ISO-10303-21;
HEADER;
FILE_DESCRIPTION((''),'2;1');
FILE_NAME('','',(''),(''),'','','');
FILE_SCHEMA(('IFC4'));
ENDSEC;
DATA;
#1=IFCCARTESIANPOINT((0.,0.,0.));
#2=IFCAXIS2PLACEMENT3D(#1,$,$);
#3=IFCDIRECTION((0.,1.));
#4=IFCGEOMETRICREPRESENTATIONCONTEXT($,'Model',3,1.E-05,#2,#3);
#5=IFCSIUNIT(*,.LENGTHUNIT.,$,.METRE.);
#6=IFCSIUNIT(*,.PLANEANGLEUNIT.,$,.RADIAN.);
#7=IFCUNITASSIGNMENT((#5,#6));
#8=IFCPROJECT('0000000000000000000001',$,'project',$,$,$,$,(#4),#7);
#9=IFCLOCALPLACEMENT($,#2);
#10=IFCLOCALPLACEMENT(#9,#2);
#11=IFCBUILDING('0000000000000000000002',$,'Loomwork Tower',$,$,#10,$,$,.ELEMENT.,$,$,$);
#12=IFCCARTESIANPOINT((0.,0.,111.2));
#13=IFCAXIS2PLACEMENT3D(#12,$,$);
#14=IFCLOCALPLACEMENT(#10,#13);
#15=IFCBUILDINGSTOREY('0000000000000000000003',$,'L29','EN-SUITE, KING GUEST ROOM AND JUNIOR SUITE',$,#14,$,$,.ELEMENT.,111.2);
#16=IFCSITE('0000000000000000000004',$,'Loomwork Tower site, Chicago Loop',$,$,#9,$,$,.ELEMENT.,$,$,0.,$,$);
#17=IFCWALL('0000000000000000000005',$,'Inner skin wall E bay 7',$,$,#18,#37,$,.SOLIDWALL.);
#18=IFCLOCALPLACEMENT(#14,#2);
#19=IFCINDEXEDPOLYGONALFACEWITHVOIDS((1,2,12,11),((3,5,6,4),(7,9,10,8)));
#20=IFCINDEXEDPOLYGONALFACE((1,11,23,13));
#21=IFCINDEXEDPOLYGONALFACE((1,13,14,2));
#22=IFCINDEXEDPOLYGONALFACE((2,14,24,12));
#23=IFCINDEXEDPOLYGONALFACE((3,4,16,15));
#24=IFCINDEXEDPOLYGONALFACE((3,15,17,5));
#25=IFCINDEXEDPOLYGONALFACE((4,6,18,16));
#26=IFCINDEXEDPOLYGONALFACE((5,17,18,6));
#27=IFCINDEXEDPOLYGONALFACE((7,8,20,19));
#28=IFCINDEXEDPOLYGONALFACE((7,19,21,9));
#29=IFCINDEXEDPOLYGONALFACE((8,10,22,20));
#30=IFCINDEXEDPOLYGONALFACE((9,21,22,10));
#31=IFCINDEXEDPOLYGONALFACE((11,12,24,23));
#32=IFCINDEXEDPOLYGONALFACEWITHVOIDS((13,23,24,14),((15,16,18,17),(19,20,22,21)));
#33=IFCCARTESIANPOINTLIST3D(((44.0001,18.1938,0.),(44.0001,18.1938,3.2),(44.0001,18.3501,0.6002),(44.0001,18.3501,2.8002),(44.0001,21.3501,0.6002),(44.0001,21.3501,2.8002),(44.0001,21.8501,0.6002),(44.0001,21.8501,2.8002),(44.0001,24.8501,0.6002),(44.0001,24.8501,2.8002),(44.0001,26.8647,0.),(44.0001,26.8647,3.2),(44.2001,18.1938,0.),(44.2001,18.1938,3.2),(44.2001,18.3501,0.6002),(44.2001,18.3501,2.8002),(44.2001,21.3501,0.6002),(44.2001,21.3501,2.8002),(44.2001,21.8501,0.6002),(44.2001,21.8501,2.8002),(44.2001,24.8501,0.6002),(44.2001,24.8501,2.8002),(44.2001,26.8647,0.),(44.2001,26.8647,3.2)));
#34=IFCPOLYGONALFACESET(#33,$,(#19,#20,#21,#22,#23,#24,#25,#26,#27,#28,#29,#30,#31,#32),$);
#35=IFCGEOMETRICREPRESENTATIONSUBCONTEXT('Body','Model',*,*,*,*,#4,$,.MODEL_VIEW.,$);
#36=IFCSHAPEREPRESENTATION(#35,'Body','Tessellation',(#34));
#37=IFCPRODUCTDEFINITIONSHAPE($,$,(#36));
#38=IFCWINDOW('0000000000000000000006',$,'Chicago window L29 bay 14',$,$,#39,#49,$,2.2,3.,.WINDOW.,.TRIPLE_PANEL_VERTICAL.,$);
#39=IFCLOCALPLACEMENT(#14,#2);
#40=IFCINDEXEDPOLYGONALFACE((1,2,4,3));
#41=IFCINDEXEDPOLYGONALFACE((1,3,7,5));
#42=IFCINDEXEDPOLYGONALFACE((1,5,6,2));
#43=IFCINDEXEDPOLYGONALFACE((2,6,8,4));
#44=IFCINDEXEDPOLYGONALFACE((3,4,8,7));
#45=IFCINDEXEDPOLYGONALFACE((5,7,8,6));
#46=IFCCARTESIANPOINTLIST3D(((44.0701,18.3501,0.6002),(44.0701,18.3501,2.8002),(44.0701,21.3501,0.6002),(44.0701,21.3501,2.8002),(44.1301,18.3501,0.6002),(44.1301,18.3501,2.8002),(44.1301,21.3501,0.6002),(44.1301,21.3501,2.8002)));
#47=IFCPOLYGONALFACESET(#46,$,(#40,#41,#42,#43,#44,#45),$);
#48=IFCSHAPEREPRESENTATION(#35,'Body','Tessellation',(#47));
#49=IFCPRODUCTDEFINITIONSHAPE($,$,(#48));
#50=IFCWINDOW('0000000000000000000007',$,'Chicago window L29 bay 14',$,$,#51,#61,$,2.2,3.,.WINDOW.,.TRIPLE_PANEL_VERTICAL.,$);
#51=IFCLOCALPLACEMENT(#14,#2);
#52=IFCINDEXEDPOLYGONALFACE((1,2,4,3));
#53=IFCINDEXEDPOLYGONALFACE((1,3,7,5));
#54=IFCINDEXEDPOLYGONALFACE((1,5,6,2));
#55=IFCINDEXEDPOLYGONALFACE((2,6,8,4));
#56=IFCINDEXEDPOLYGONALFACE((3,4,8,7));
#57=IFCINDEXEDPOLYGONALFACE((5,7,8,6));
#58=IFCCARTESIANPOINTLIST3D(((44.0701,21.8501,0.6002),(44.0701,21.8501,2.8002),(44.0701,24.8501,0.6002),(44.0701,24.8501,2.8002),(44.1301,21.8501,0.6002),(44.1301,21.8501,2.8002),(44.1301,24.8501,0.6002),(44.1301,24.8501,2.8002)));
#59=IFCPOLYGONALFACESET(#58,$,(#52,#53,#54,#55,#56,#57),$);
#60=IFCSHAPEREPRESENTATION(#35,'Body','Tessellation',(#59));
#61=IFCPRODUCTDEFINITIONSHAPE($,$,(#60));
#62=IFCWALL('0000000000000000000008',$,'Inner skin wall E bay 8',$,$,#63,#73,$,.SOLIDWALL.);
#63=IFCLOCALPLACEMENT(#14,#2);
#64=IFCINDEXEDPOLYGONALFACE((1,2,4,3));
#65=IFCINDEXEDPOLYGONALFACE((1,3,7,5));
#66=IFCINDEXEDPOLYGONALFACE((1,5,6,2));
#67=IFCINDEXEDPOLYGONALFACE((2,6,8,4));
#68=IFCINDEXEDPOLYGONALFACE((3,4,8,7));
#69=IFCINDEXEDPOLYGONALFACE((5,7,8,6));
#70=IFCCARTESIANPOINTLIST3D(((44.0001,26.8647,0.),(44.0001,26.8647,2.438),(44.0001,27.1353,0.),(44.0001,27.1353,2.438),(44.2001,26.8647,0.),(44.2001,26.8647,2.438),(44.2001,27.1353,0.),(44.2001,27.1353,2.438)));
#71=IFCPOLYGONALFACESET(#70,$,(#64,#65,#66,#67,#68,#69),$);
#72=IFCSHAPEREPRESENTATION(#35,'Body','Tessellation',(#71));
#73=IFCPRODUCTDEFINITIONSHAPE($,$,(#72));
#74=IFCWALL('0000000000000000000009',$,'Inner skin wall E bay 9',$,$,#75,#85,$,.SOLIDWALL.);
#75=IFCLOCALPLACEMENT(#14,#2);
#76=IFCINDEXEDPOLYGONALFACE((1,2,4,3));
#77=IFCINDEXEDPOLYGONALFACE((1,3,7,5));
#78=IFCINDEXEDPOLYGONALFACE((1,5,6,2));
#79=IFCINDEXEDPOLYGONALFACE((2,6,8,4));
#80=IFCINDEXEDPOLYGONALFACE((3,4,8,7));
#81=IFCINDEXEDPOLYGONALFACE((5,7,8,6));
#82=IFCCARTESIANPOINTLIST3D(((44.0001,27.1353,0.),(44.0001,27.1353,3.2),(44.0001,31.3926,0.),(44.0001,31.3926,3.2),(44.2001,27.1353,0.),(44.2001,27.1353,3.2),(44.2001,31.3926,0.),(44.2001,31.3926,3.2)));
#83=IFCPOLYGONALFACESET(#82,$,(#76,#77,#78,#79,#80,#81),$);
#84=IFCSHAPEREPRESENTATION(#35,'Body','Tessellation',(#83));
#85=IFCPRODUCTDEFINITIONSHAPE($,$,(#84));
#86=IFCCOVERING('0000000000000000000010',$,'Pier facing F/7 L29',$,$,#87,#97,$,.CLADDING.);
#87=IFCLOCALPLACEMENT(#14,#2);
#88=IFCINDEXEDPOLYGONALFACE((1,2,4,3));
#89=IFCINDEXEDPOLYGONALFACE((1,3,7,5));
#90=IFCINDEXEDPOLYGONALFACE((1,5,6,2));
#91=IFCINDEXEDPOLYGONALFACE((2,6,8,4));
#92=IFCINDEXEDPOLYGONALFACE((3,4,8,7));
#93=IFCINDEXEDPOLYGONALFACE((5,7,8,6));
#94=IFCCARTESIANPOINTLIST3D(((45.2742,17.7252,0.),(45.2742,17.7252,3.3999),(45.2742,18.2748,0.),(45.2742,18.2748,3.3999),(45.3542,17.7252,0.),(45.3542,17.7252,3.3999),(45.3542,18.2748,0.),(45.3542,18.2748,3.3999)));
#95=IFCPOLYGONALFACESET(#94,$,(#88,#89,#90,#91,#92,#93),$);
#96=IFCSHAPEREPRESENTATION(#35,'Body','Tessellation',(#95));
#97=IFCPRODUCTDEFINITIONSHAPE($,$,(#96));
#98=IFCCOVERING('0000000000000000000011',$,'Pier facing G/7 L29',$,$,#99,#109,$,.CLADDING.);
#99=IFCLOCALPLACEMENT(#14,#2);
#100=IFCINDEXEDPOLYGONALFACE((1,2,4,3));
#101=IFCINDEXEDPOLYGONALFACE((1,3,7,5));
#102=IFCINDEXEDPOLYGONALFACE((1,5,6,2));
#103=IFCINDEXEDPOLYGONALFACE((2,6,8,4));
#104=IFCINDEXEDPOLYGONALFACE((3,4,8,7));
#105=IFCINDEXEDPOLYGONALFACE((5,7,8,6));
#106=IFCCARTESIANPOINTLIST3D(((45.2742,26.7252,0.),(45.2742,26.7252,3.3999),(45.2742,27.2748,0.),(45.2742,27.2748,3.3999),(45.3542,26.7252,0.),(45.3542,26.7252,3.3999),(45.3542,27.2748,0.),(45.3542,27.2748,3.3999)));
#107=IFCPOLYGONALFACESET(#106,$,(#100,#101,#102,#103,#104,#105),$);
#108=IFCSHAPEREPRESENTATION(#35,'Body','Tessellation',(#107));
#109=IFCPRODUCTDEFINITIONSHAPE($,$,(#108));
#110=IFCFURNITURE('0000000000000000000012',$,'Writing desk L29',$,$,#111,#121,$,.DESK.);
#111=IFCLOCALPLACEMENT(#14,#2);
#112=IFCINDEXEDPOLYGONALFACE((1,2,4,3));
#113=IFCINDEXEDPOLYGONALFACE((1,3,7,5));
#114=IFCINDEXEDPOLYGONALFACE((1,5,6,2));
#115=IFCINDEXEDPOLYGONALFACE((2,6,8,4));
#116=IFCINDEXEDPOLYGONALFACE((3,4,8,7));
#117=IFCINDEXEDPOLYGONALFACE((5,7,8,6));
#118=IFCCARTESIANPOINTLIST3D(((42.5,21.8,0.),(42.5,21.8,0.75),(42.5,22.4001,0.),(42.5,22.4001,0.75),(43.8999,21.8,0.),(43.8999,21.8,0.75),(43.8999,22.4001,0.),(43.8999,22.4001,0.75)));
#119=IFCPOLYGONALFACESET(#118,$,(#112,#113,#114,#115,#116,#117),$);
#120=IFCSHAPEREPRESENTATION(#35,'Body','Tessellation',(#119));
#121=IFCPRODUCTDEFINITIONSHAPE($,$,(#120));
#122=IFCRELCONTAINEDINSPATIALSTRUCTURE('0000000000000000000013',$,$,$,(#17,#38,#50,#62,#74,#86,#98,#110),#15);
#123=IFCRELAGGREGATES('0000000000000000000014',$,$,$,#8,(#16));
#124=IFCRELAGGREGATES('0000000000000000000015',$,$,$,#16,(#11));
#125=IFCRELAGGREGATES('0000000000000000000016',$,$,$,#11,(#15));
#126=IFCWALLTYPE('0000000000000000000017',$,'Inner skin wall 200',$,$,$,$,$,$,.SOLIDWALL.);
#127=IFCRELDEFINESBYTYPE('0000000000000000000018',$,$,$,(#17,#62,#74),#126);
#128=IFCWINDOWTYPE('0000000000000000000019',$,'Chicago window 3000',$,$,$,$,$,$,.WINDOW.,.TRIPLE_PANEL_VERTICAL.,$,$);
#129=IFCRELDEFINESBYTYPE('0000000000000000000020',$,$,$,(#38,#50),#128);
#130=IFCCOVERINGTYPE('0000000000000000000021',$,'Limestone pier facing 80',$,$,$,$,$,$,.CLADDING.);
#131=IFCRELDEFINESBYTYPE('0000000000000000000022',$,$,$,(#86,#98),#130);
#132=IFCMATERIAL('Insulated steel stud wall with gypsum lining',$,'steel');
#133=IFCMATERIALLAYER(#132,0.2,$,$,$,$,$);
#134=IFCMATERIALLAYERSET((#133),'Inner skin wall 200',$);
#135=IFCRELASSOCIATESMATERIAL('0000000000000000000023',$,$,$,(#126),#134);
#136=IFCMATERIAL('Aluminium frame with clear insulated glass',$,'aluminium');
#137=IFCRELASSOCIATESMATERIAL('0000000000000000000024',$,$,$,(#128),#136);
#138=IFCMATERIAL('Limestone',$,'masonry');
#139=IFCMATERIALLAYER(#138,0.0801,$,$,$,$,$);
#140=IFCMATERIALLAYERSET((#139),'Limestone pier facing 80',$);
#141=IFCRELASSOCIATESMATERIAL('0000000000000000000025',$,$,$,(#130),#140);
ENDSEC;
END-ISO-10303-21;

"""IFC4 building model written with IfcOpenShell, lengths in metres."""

from ifc_helpers import new_model, si_unit, direction, frame, frame_2d, origin, origin_2d, place, context, subcontext, project, spatial, rectangle, extrude, material, layer, layer_set, type_object, element, fill, save


model = new_model("IFC4")

# Units and contexts
model_context = context("Model", 3, precision=1e-05, world=origin(), true_north=direction((0.0, 1.0)))
body_context = subcontext(model_context, "Body", "Model", "MODEL_VIEW")
ifc_project = project(units=[si_unit("LENGTHUNIT", "METRE"), si_unit("PLANEANGLEUNIT", "RADIAN")], contexts=[model_context])

# Site, building, storey
site_placement = place(None, origin())
site = spatial("IfcSite", under=ifc_project, at=site_placement, Name="Loomwork Tower site, Chicago Loop", CompositionType="ELEMENT", RefElevation=0.0)
building_placement = place(site_placement, origin())
building = spatial("IfcBuilding", under=site, at=building_placement, Name="Loomwork Tower", CompositionType="ELEMENT")
storey_placement = place(building_placement, frame((0.0, 0.0, 111.2)))
storey = spatial("IfcBuildingStorey", under=building, at=storey_placement, Name="L29", Description="EN-SUITE, KING GUEST ROOM AND JUNIOR SUITE", CompositionType="ELEMENT", Elevation=111.2)

# Wall, openings, windows
ifc_material_1 = material(Name="Insulated steel stud wall with gypsum lining", Category="steel")
ifc_layer_1 = layer(ifc_material_1, 0.2)
ifc_layer_set_1 = layer_set([ifc_layer_1], Name="Inner skin wall 200")
wall_type = type_object("IfcWallType", Name="Inner skin wall 200", PredefinedType="SOLIDWALL", material=ifc_layer_set_1)
wall_1_placement = place(storey_placement, frame((44.1001, 18.1938, 0.0), z_axis=(0.0, 0.0, 1.0), x_axis=(0.0, 1.0, 0.0)))
wall_1 = element("IfcWall", 1, at=wall_1_placement, inside=storey, type_object=wall_type, Name="Inner skin wall E bay 7", PredefinedType="SOLIDWALL", context=body_context, shape_type="SweptSolid", body=[
    extrude(rectangle(XDim=8.6709, YDim=0.2, at=frame_2d((4.3354, 0.0))), origin(), (0.0, 0.0, 1.0), 3.2),
])
opening_1_placement = place(wall_1_placement, frame((0.1562, 0.0, 0.6001)))
opening_1 = element("IfcOpeningElement", 2, at=opening_1_placement, cuts=wall_1, PredefinedType="OPENING", context=body_context, shape_type="SweptSolid", body=[
    extrude(rectangle(XDim=3.0, YDim=2.2, at=frame_2d((1.5, 1.1001))), frame((0.0, 0.1099, 0.0), z_axis=(0.0, -1.0, 0.0), x_axis=(1.0, 0.0, 0.0)), (0.0, 0.0, 1.0), 0.22),
])
opening_2_placement = place(wall_1_placement, frame((3.6562, 0.0, 0.6001)))
opening_2 = element("IfcOpeningElement", 3, at=opening_2_placement, cuts=wall_1, PredefinedType="OPENING", context=body_context, shape_type="SweptSolid", body=[
    extrude(rectangle(XDim=3.0, YDim=2.2, at=frame_2d((1.5, 1.1001))), frame((0.0, 0.1099, 0.0), z_axis=(0.0, -1.0, 0.0), x_axis=(1.0, 0.0, 0.0)), (0.0, 0.0, 1.0), 0.22),
])
ifc_material_2 = material(Name="Aluminium frame with clear insulated glass", Category="aluminium")
window_type = type_object("IfcWindowType", Name="Chicago window 3000", PartitioningType="TRIPLE_PANEL_VERTICAL", PredefinedType="WINDOW", material=ifc_material_2)
window_1_placement = place(opening_1_placement, origin())
window_1 = element("IfcWindow", 4, at=window_1_placement, inside=storey, type_object=window_type, Name="Chicago window L29 bay 14", OverallHeight=2.2, OverallWidth=3.0, PartitioningType="TRIPLE_PANEL_VERTICAL", PredefinedType="WINDOW", context=body_context, shape_type="SweptSolid", body=[
    extrude(rectangle(XDim=3.0, YDim=2.2, at=frame_2d((1.5, 1.1001))), frame((0.0, 0.03, 0.0), z_axis=(0.0, -1.0, 0.0), x_axis=(1.0, 0.0, 0.0)), (0.0, 0.0, 1.0), 0.0601),
])
fill(opening_1, window_1)
window_2_placement = place(opening_2_placement, origin())
window_2 = element("IfcWindow", 5, at=window_2_placement, inside=storey, type_object=window_type, Name="Chicago window L29 bay 14", OverallHeight=2.2, OverallWidth=3.0, PartitioningType="TRIPLE_PANEL_VERTICAL", PredefinedType="WINDOW", context=body_context, shape_type="SweptSolid", body=[
    extrude(rectangle(XDim=3.0, YDim=2.2, at=frame_2d((1.5, 1.1001))), frame((0.0, 0.03, 0.0), z_axis=(0.0, -1.0, 0.0), x_axis=(1.0, 0.0, 0.0)), (0.0, 0.0, 1.0), 0.0601),
])
fill(opening_2, window_2)

# Walls
wall_2_placement = place(storey_placement, frame((44.1001, 26.8647, 0.0), z_axis=(0.0, 0.0, 1.0), x_axis=(0.0, 1.0, 0.0)))
element("IfcWall", 6, at=wall_2_placement, inside=storey, type_object=wall_type, Name="Inner skin wall E bay 8", PredefinedType="SOLIDWALL", context=body_context, shape_type="SweptSolid", body=[
    extrude(rectangle(XDim=0.2705, YDim=0.2, at=frame_2d((0.1353, 0.0))), origin(), (0.0, 0.0, 1.0), 2.438),
])
wall_3_placement = place(storey_placement, frame((44.1001, 27.1353, 0.0), z_axis=(0.0, 0.0, 1.0), x_axis=(0.0, 1.0, 0.0)))
element("IfcWall", 7, at=wall_3_placement, inside=storey, type_object=wall_type, Name="Inner skin wall E bay 9", PredefinedType="SOLIDWALL", context=body_context, shape_type="SweptSolid", body=[
    extrude(rectangle(XDim=4.2573, YDim=0.2, at=frame_2d((2.1287, 0.0))), origin(), (0.0, 0.0, 1.0), 3.2),
])

# Coverings
ifc_material_3 = material(Name="Limestone", Category="masonry")
ifc_layer_2 = layer(ifc_material_3, 0.0801)
ifc_layer_set_2 = layer_set([ifc_layer_2], Name="Limestone pier facing 80")
covering_type = type_object("IfcCoveringType", Name="Limestone pier facing 80", PredefinedType="CLADDING", material=ifc_layer_set_2)
for number, where, z_axis, x_axis, name in (
    (8, (45.3142, 18.0, 0.0), (0.0, 0.0, 1.0), (1.0, 0.0, 0.0), "Pier facing F/7 L29"),
    (9, (45.3142, 27.0, 0.0), (0.0, 0.0, 1.0), (1.0, 0.0, 0.0), "Pier facing G/7 L29"),
):
    element("IfcCovering", number, at=place(storey_placement, frame(where, z_axis=z_axis, x_axis=x_axis)), inside=storey, type_object=covering_type, Name=name, PredefinedType="CLADDING", context=body_context, shape_type="SweptSolid", body=[
        extrude(rectangle(XDim=0.0801, YDim=0.5496, at=origin_2d()), origin(), (0.0, 0.0, 1.0), 3.3999),
    ])

# Furniture
furniture_placement = place(storey_placement, frame((43.2, 22.1001, 0.0), z_axis=(0.0, 0.0, 1.0), x_axis=(1.0, 0.0, 0.0)))
element("IfcFurniture", 10, at=furniture_placement, inside=storey, Name="Writing desk L29", PredefinedType="DESK", context=body_context, shape_type="SweptSolid", body=[
    extrude(rectangle(XDim=1.3999, YDim=0.6001, at=origin_2d()), origin(), (0.0, 0.0, 1.0), 0.75),
])

save(model, "model.ifc")
